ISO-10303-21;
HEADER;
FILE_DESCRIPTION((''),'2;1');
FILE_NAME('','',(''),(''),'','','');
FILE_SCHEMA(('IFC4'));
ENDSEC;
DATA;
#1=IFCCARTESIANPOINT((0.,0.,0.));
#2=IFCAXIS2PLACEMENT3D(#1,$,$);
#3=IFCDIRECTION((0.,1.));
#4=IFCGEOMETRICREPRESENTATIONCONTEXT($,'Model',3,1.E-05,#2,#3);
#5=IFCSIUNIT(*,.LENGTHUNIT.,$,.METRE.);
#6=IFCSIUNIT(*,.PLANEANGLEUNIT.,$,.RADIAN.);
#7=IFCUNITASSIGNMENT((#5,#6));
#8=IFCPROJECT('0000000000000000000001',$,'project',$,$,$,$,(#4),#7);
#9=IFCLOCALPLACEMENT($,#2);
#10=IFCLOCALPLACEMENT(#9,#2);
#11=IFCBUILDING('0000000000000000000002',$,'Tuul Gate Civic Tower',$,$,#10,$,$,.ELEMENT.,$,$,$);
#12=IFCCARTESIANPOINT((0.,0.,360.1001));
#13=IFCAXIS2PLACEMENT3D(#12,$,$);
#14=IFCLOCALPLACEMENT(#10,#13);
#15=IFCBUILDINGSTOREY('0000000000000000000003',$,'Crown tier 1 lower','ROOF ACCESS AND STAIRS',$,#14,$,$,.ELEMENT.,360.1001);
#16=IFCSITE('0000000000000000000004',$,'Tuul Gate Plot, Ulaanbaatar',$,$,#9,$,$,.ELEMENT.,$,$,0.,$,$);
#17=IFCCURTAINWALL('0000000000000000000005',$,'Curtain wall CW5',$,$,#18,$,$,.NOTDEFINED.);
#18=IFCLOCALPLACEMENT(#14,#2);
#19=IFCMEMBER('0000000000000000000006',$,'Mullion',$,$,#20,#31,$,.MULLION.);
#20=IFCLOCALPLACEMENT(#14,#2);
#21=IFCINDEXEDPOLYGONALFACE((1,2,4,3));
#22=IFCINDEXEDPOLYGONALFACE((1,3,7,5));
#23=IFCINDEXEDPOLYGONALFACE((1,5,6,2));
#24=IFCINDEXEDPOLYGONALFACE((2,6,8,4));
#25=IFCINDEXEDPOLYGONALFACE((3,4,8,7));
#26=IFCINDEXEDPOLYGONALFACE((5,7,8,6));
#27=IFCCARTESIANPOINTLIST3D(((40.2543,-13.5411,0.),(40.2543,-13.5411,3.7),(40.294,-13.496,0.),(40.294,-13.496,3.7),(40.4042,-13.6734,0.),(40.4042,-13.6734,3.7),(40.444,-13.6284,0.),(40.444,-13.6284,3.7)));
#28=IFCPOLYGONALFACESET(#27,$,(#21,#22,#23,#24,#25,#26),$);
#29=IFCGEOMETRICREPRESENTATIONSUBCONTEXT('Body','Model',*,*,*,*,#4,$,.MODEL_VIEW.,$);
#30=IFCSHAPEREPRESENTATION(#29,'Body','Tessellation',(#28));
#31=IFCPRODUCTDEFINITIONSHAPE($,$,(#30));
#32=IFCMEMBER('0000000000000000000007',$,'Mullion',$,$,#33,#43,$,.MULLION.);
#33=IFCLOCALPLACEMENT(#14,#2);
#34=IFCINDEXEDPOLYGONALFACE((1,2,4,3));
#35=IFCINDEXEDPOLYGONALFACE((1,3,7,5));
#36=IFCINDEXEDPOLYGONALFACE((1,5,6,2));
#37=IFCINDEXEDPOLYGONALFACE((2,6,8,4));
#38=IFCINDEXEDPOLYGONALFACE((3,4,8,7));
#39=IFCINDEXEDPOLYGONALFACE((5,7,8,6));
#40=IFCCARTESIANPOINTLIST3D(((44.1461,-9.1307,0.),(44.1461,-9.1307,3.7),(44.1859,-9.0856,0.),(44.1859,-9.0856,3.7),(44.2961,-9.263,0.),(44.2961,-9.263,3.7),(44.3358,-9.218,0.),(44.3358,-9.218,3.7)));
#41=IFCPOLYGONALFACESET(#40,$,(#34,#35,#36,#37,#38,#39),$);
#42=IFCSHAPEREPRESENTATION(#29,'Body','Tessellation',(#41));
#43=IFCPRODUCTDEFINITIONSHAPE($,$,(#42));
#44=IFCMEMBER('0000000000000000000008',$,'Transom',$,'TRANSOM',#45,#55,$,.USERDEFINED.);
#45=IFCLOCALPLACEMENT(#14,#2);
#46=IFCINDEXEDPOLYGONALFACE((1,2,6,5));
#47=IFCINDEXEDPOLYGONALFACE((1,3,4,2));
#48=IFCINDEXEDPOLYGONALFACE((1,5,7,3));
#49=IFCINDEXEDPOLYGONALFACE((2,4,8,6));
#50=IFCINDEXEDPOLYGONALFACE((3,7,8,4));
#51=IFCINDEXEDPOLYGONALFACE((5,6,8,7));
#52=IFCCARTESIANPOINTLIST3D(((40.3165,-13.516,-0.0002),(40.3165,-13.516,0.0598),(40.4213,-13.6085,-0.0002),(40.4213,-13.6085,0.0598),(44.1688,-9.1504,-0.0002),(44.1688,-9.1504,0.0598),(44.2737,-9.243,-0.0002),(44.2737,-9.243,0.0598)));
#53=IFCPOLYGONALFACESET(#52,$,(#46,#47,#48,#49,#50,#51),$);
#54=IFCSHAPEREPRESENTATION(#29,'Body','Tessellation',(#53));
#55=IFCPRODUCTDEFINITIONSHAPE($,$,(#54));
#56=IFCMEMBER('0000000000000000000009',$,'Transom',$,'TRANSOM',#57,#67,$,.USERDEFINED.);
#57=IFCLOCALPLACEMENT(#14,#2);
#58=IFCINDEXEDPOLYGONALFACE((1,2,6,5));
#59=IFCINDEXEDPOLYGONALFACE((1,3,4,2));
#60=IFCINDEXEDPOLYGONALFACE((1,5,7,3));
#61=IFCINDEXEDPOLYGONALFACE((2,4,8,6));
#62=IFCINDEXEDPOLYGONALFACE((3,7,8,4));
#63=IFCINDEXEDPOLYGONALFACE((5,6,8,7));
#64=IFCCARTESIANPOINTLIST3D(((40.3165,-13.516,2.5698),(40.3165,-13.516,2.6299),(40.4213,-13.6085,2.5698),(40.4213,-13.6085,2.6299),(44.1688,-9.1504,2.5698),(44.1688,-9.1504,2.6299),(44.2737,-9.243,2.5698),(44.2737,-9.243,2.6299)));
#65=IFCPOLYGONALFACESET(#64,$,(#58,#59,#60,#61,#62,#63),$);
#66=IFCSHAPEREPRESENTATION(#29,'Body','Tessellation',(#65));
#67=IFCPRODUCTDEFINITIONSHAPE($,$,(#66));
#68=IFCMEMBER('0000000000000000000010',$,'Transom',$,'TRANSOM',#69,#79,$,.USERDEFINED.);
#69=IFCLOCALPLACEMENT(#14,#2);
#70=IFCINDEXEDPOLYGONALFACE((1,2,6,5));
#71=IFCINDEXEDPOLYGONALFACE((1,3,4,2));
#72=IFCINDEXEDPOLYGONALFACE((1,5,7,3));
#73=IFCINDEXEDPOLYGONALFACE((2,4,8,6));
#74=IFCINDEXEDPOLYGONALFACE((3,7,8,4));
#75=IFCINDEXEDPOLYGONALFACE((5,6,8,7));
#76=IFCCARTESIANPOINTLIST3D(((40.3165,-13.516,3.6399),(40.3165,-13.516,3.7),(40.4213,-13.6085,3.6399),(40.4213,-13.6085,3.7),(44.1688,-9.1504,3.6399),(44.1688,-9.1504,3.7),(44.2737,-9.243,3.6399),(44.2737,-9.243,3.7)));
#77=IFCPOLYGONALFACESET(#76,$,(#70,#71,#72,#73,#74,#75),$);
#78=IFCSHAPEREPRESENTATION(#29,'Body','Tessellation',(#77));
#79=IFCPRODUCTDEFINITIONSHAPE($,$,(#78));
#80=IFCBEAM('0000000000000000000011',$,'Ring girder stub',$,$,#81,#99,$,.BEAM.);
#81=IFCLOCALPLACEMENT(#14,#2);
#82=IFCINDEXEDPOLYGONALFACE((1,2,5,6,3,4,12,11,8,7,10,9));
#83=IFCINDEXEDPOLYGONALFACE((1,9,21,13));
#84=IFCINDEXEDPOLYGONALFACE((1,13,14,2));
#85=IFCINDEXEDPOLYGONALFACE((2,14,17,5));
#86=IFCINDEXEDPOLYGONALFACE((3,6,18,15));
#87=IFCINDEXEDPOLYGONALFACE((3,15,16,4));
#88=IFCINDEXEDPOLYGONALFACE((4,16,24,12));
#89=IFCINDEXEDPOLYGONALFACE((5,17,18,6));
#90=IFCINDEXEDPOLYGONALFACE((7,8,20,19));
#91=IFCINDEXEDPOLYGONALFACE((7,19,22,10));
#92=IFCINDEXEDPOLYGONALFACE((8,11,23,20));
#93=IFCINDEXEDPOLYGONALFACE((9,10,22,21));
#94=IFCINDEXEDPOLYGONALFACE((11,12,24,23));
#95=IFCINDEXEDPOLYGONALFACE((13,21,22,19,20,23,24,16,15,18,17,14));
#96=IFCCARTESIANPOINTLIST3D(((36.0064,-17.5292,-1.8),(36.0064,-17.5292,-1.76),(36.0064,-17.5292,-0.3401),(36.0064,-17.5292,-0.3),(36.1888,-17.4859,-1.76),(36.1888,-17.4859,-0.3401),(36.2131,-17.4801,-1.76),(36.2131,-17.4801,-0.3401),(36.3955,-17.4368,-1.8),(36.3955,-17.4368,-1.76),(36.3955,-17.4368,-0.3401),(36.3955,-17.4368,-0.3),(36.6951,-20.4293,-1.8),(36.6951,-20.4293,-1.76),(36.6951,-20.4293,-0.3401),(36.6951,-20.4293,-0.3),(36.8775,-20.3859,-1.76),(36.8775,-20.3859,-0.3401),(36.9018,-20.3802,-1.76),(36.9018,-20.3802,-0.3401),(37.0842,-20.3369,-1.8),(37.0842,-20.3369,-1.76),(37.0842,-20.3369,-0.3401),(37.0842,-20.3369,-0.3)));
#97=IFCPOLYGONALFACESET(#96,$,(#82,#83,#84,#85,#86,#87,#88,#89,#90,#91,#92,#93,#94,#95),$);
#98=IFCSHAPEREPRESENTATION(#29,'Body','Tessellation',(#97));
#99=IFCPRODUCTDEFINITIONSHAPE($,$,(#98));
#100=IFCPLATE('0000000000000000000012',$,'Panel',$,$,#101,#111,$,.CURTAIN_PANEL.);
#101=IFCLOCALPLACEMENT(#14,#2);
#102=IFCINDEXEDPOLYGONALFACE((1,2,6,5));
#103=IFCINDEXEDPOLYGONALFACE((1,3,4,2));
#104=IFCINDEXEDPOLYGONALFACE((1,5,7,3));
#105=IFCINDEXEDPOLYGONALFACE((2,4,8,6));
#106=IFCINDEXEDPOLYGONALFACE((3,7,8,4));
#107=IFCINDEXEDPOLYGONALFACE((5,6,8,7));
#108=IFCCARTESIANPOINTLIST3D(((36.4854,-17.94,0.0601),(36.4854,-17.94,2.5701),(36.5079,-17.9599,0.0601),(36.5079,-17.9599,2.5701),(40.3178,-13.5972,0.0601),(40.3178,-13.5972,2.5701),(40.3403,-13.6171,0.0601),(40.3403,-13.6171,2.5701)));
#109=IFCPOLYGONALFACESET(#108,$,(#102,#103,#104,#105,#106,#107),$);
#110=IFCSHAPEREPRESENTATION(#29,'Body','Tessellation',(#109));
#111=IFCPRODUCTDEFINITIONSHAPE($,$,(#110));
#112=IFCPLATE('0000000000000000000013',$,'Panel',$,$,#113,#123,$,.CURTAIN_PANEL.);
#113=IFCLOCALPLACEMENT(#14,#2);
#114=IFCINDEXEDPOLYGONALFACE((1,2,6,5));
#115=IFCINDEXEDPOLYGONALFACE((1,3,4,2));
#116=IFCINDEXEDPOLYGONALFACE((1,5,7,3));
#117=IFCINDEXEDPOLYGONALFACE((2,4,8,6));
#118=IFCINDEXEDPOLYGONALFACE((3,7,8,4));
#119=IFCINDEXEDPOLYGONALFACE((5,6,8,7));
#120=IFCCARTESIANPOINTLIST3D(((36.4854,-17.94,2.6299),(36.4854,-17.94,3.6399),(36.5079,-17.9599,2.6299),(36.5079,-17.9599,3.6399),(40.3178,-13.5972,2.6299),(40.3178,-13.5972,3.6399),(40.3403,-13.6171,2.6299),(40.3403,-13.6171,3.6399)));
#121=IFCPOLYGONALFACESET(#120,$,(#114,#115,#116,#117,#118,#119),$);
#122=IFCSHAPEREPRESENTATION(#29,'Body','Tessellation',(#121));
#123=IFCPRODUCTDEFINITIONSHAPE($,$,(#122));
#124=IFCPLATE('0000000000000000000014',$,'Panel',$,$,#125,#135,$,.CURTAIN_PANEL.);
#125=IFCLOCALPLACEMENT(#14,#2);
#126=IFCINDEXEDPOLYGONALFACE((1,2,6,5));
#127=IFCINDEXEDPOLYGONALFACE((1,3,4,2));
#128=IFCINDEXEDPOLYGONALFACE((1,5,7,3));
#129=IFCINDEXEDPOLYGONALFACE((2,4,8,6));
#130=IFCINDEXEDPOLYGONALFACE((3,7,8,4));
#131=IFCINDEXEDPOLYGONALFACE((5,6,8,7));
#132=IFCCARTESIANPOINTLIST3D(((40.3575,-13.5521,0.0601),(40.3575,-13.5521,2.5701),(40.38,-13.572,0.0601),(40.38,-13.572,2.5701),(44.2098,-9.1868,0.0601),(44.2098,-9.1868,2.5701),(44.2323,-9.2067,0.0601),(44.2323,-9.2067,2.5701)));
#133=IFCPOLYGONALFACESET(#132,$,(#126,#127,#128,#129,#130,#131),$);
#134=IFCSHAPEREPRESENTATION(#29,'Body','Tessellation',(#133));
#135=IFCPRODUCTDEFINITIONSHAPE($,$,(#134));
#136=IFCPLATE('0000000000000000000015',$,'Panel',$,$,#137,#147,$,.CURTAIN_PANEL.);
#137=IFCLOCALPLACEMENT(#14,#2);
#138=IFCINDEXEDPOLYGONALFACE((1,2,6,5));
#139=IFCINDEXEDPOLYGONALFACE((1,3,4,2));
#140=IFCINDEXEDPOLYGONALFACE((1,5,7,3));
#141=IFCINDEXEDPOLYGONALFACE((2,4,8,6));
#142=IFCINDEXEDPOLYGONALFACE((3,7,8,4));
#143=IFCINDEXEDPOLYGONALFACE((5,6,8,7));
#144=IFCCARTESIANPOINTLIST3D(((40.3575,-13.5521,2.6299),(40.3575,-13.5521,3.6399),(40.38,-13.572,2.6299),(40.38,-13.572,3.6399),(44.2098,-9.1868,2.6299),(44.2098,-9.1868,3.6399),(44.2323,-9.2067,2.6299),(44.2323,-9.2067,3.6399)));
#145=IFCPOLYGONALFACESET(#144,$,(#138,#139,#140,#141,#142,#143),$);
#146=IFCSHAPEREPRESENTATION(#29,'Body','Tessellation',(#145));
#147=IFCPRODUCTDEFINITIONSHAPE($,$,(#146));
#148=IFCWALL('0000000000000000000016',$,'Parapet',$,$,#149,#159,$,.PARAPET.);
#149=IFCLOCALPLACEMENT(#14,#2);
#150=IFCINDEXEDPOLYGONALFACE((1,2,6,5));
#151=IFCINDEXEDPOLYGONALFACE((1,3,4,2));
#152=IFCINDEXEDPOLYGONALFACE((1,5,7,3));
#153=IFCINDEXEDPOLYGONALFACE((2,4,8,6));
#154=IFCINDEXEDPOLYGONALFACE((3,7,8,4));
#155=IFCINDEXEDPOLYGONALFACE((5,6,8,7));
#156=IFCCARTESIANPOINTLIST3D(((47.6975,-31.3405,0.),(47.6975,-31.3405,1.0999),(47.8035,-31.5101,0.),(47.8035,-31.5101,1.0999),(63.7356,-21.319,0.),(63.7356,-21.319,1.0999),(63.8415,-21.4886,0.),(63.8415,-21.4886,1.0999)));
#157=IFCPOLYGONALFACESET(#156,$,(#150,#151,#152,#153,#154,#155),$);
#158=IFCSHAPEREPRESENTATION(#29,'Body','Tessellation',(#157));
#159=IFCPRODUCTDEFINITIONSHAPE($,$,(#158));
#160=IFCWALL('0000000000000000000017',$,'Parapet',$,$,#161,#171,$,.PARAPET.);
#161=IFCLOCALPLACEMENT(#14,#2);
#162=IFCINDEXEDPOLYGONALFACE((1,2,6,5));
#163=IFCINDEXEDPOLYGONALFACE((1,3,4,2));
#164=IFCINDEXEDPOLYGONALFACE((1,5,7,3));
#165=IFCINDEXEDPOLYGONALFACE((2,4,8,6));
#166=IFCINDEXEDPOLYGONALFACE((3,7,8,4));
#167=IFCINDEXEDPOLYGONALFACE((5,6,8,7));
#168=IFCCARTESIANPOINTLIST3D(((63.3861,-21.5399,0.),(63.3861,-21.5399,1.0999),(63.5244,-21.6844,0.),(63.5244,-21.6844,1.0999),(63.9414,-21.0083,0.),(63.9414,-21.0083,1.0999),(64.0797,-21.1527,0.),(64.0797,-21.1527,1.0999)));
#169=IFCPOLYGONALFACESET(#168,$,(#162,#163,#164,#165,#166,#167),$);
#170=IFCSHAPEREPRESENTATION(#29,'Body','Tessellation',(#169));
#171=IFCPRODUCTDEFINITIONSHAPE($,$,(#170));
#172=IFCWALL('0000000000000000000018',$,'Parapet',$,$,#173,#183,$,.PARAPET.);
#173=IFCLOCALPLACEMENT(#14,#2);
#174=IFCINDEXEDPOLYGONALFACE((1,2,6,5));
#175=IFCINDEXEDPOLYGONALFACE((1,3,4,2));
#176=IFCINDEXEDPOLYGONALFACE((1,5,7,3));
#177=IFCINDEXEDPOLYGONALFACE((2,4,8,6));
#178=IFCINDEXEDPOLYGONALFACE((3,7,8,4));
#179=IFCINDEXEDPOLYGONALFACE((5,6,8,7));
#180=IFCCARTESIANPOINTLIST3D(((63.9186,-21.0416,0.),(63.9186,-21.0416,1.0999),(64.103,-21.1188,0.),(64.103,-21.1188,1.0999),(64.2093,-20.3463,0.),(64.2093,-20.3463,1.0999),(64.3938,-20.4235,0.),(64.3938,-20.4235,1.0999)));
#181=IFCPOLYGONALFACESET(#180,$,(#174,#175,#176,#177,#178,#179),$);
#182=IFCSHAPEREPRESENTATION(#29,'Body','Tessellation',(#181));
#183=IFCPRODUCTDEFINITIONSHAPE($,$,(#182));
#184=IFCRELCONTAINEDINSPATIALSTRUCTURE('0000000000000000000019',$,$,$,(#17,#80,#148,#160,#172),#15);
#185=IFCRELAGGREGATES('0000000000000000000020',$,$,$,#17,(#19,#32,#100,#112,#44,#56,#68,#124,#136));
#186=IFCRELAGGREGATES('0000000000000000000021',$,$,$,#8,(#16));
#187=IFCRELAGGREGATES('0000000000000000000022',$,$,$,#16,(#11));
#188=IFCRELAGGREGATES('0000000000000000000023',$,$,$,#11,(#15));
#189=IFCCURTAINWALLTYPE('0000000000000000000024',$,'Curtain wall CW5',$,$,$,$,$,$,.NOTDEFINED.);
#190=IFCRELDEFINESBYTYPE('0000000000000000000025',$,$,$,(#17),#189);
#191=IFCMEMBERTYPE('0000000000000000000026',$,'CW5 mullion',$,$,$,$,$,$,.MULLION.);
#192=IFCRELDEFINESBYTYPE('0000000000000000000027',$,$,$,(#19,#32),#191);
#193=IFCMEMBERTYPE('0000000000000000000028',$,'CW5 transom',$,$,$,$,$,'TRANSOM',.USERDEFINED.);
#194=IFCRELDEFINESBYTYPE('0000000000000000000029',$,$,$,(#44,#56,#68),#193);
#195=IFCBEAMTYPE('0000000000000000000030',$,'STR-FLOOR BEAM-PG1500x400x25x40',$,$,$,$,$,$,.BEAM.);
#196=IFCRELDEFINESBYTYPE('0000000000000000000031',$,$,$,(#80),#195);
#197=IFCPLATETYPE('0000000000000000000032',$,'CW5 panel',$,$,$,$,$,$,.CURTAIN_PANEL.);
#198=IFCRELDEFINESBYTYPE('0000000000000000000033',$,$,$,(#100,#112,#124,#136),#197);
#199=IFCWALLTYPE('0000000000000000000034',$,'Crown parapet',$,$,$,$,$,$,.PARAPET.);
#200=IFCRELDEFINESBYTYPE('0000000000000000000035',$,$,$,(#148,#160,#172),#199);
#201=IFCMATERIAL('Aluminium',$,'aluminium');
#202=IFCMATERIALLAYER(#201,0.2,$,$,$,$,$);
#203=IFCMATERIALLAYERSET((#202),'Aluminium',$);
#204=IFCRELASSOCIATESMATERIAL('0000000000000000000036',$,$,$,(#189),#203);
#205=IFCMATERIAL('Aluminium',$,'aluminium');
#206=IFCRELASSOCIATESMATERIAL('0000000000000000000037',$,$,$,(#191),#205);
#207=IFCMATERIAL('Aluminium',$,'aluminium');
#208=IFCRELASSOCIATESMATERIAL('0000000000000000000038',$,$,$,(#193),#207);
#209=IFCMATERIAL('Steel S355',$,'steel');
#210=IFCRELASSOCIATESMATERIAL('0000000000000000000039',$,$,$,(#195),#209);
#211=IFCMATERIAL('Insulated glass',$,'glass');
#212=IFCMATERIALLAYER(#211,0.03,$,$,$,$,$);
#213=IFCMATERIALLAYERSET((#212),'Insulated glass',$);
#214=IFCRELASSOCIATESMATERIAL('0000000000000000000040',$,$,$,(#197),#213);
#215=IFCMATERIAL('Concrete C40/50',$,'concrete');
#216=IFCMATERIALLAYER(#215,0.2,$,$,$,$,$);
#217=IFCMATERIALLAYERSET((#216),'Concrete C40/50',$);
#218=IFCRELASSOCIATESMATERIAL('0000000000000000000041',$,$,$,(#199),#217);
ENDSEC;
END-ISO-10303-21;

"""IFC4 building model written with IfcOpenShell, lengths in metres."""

from ifc_helpers import new_model, si_unit, direction, frame, frame_2d, origin, origin_2d, place, context, subcontext, project, spatial, rectangle, i_section, extrude, material, layer, layer_set, material_profile, profile_set, type_object, element, aggregate, save


model = new_model("IFC4")

# Units and contexts
model_context = context("Model", 3, precision=1e-05, world=origin(), true_north=direction((0.0, 1.0)))
body_context = subcontext(model_context, "Body", "Model", "MODEL_VIEW")
ifc_project = project(units=[si_unit("LENGTHUNIT", "METRE"), si_unit("PLANEANGLEUNIT", "RADIAN")], contexts=[model_context])

# Site, building, storey
site_placement = place(None, origin())
site = spatial("IfcSite", under=ifc_project, at=site_placement, Name="Tuul Gate Plot, Ulaanbaatar", CompositionType="ELEMENT", RefElevation=0.0)
building_placement = place(site_placement, origin())
building = spatial("IfcBuilding", under=site, at=building_placement, Name="Tuul Gate Civic Tower", CompositionType="ELEMENT")
storey_placement = place(building_placement, frame((0.0, 0.0, 360.1001)))
storey = spatial("IfcBuildingStorey", under=building, at=storey_placement, Name="Crown tier 1 lower", Description="ROOF ACCESS AND STAIRS", CompositionType="ELEMENT", Elevation=360.1001)

# Curtain wall, members
ifc_material_1 = material(Name="Aluminium", Category="aluminium")
ifc_layer_1 = layer(ifc_material_1, 0.2)
ifc_layer_set_1 = layer_set([ifc_layer_1], Name="Aluminium")
curtain_wall_type = type_object("IfcCurtainWallType", Name="Curtain wall CW5", PredefinedType="NOTDEFINED", material=ifc_layer_set_1)
curtain_wall_placement = place(storey_placement, origin())
curtain_wall = element("IfcCurtainWall", 1, at=curtain_wall_placement, inside=storey, type_object=curtain_wall_type, Name="Curtain wall CW5", PredefinedType="NOTDEFINED")
ifc_material_2 = material(Name="Aluminium", Category="aluminium")
ifc_material_profile_1 = material_profile(ifc_material_2, rectangle(XDim=0.2, YDim=0.0601, at=origin_2d()), Name="CW5 mullion")
ifc_profile_set_1 = profile_set([ifc_material_profile_1], Name="Aluminium")
member_type_1 = type_object("IfcMemberType", Name="CW5 mullion", PredefinedType="MULLION", material=ifc_profile_set_1)
member_1_placement = place(storey_placement, frame((40.3491, -13.5847, 0.0), z_axis=(0.0, 0.0, 1.0), x_axis=(-0.749793, 0.661672, 0.0)))
member_1 = element("IfcMember", 2, at=member_1_placement, type_object=member_type_1, Name="Mullion", PredefinedType="MULLION", context=body_context, shape_type="SweptSolid", body=[
    extrude(rectangle(XDim=0.2, YDim=0.0601, at=origin_2d()), origin(), (0.0, 0.0, 1.0), 3.7),
])
member_2_placement = place(storey_placement, frame((44.241, -9.1743, 0.0), z_axis=(0.0, 0.0, 1.0), x_axis=(-0.749793, 0.661672, 0.0)))
member_2 = element("IfcMember", 3, at=member_2_placement, type_object=member_type_1, Name="Mullion", PredefinedType="MULLION", context=body_context, shape_type="SweptSolid", body=[
    extrude(rectangle(XDim=0.2, YDim=0.0601, at=origin_2d()), origin(), (0.0, 0.0, 1.0), 3.7),
])
ifc_material_3 = material(Name="Aluminium", Category="aluminium")
ifc_material_profile_2 = material_profile(ifc_material_3, rectangle(XDim=0.1399, YDim=0.0601, at=origin_2d()), Name="CW5 transom")
ifc_profile_set_2 = profile_set([ifc_material_profile_2], Name="Aluminium")
member_type_2 = type_object("IfcMemberType", Name="CW5 transom", ElementType="TRANSOM", PredefinedType="USERDEFINED", material=ifc_profile_set_2)
member_3_placement = place(storey_placement, frame((40.3689, -13.5623, 0.0298), z_axis=(0.66166, 0.749804, 0.0), x_axis=(-0.749804, 0.66166, 0.0)))
member_3 = element("IfcMember", 4, at=member_3_placement, type_object=member_type_2, Name="Transom", ObjectType="TRANSOM", PredefinedType="USERDEFINED", context=body_context, shape_type="SweptSolid", body=[
    extrude(rectangle(XDim=0.1399, YDim=0.0601, at=origin_2d()), origin(), (0.0, 0.0, 1.0), 5.8223),
])
member_4_placement = place(storey_placement, frame((40.3689, -13.5623, 2.5999), z_axis=(0.66166, 0.749804, 0.0), x_axis=(-0.749804, 0.66166, 0.0)))
member_4 = element("IfcMember", 5, at=member_4_placement, type_object=member_type_2, Name="Transom", ObjectType="TRANSOM", PredefinedType="USERDEFINED", context=body_context, shape_type="SweptSolid", body=[
    extrude(rectangle(XDim=0.1399, YDim=0.0601, at=origin_2d()), origin(), (0.0, 0.0, 1.0), 5.8223),
])
member_5_placement = place(storey_placement, frame((40.3689, -13.5623, 3.6699), z_axis=(0.66166, 0.749804, 0.0), x_axis=(-0.749804, 0.66166, 0.0)))
member_5 = element("IfcMember", 6, at=member_5_placement, type_object=member_type_2, Name="Transom", ObjectType="TRANSOM", PredefinedType="USERDEFINED", context=body_context, shape_type="SweptSolid", body=[
    extrude(rectangle(XDim=0.1399, YDim=0.0601, at=origin_2d()), origin(), (0.0, 0.0, 1.0), 5.8223),
])

# Beam
ifc_material_4 = material(Name="Steel S355", Category="steel")
ifc_material_profile_3 = material_profile(ifc_material_4, i_section(OverallWidth=0.3999, OverallDepth=1.5, WebThickness=0.0249, FlangeThickness=0.04, at=origin_2d()), Name="PG1500x400x25x40")
ifc_profile_set_3 = profile_set([ifc_material_profile_3], Name="Steel S355")
beam_type = type_object("IfcBeamType", Name="STR-FLOOR BEAM-PG1500x400x25x40", PredefinedType="BEAM", material=ifc_profile_set_3)
beam_placement = place(storey_placement, frame((36.8896, -20.3831, -1.05), z_axis=(-0.231052, 0.972941, 0.0), x_axis=(-0.972941, -0.231052, 0.0)))
element("IfcBeam", 7, at=beam_placement, inside=storey, type_object=beam_type, Name="Ring girder stub", PredefinedType="BEAM", context=body_context, shape_type="SweptSolid", body=[
    extrude(i_section(OverallWidth=0.3999, OverallDepth=1.5, WebThickness=0.0249, FlangeThickness=0.04, at=origin_2d()), origin(), (0.0, 0.0, 1.0), 2.9807),
])

# Plates
ifc_material_5 = material(Name="Insulated glass", Category="glass")
ifc_layer_2 = layer(ifc_material_5, 0.03)
ifc_layer_set_2 = layer_set([ifc_layer_2], Name="Insulated glass")
plate_type = type_object("IfcPlateType", Name="CW5 panel", PredefinedType="CURTAIN_PANEL", material=ifc_layer_set_2)
plate_1_placement = place(storey_placement, frame((38.4128, -15.7786, 0.0601), z_axis=(0.0, 0.0, 1.0), x_axis=(0.661672, 0.749793, 0.0)))
plate_1 = element("IfcPlate", 8, at=plate_1_placement, type_object=plate_type, Name="Panel", PredefinedType="CURTAIN_PANEL", context=body_context, shape_type="SweptSolid", body=[
    extrude(rectangle(XDim=5.792, YDim=0.03, at=origin_2d()), origin(), (0.0, 0.0, 1.0), 2.51),
])
plate_2_placement = place(storey_placement, frame((38.4128, -15.7786, 2.6299), z_axis=(0.0, 0.0, 1.0), x_axis=(0.661672, 0.749793, 0.0)))
plate_2 = element("IfcPlate", 9, at=plate_2_placement, type_object=plate_type, Name="Panel", PredefinedType="CURTAIN_PANEL", context=body_context, shape_type="SweptSolid", body=[
    extrude(rectangle(XDim=5.792, YDim=0.03, at=origin_2d()), origin(), (0.0, 0.0, 1.0), 1.01),
])
plate_3_placement = place(storey_placement, frame((42.2949, -11.3794, 0.0601), z_axis=(0.0, 0.0, 1.0), x_axis=(0.661672, 0.749793, 0.0)))
plate_3 = element("IfcPlate", 10, at=plate_3_placement, type_object=plate_type, Name="Panel", PredefinedType="CURTAIN_PANEL", context=body_context, shape_type="SweptSolid", body=[
    extrude(rectangle(XDim=5.822, YDim=0.03, at=origin_2d()), origin(), (0.0, 0.0, 1.0), 2.51),
])
plate_4_placement = place(storey_placement, frame((42.2949, -11.3794, 2.6299), z_axis=(0.0, 0.0, 1.0), x_axis=(0.661672, 0.749793, 0.0)))
plate_4 = element("IfcPlate", 11, at=plate_4_placement, type_object=plate_type, Name="Panel", PredefinedType="CURTAIN_PANEL", context=body_context, shape_type="SweptSolid", body=[
    extrude(rectangle(XDim=5.822, YDim=0.03, at=origin_2d()), origin(), (0.0, 0.0, 1.0), 1.01),
])
aggregate(curtain_wall, [member_1, member_2, plate_1, plate_2, member_3, member_4, member_5, plate_3, plate_4])

# Walls
ifc_material_6 = material(Name="Concrete C40/50", Category="concrete")
ifc_layer_3 = layer(ifc_material_6, 0.2)
ifc_layer_set_3 = layer_set([ifc_layer_3], Name="Concrete C40/50")
wall_type_1 = type_object("IfcWallType", Name="Crown parapet", PredefinedType="PARAPET", material=ifc_layer_set_3)
wall_1_placement = place(storey_placement, frame((47.7505, -31.4253, 0.0), z_axis=(0.0, 0.0, 1.0), x_axis=(0.848053, 0.529911, 0.0)))
element("IfcWall", 12, at=wall_1_placement, inside=storey, type_object=wall_type_1, Name="Parapet", PredefinedType="PARAPET", context=body_context, shape_type="SweptSolid", body=[
    extrude(rectangle(XDim=18.9116, YDim=0.2, at=frame_2d((9.4558, 0.0))), origin(), (0.0, 0.0, 1.0), 1.0999),
])
wall_2_placement = place(storey_placement, frame((63.4553, -21.6121, 0.0), z_axis=(0.0, 0.0, 1.0), x_axis=(0.722338, 0.69154, 0.0)))
element("IfcWall", 13, at=wall_2_placement, inside=storey, type_object=wall_type_1, Name="Parapet", PredefinedType="PARAPET", context=body_context, shape_type="SweptSolid", body=[
    extrude(rectangle(XDim=0.7688, YDim=0.2, at=frame_2d((0.3843, 0.0))), origin(), (0.0, 0.0, 1.0), 1.0999),
])
wall_3_placement = place(storey_placement, frame((64.0107, -21.0803, 0.0), z_axis=(0.0, 0.0, 1.0), x_axis=(0.385811, 0.922578, 0.0)))
element("IfcWall", 14, at=wall_3_placement, inside=storey, type_object=wall_type_1, Name="Parapet", PredefinedType="PARAPET", context=body_context, shape_type="SweptSolid", body=[
    extrude(rectangle(XDim=0.7537, YDim=0.2, at=frame_2d((0.377, 0.0))), origin(), (0.0, 0.0, 1.0), 1.0999),
])

save(model, "model.ifc")
